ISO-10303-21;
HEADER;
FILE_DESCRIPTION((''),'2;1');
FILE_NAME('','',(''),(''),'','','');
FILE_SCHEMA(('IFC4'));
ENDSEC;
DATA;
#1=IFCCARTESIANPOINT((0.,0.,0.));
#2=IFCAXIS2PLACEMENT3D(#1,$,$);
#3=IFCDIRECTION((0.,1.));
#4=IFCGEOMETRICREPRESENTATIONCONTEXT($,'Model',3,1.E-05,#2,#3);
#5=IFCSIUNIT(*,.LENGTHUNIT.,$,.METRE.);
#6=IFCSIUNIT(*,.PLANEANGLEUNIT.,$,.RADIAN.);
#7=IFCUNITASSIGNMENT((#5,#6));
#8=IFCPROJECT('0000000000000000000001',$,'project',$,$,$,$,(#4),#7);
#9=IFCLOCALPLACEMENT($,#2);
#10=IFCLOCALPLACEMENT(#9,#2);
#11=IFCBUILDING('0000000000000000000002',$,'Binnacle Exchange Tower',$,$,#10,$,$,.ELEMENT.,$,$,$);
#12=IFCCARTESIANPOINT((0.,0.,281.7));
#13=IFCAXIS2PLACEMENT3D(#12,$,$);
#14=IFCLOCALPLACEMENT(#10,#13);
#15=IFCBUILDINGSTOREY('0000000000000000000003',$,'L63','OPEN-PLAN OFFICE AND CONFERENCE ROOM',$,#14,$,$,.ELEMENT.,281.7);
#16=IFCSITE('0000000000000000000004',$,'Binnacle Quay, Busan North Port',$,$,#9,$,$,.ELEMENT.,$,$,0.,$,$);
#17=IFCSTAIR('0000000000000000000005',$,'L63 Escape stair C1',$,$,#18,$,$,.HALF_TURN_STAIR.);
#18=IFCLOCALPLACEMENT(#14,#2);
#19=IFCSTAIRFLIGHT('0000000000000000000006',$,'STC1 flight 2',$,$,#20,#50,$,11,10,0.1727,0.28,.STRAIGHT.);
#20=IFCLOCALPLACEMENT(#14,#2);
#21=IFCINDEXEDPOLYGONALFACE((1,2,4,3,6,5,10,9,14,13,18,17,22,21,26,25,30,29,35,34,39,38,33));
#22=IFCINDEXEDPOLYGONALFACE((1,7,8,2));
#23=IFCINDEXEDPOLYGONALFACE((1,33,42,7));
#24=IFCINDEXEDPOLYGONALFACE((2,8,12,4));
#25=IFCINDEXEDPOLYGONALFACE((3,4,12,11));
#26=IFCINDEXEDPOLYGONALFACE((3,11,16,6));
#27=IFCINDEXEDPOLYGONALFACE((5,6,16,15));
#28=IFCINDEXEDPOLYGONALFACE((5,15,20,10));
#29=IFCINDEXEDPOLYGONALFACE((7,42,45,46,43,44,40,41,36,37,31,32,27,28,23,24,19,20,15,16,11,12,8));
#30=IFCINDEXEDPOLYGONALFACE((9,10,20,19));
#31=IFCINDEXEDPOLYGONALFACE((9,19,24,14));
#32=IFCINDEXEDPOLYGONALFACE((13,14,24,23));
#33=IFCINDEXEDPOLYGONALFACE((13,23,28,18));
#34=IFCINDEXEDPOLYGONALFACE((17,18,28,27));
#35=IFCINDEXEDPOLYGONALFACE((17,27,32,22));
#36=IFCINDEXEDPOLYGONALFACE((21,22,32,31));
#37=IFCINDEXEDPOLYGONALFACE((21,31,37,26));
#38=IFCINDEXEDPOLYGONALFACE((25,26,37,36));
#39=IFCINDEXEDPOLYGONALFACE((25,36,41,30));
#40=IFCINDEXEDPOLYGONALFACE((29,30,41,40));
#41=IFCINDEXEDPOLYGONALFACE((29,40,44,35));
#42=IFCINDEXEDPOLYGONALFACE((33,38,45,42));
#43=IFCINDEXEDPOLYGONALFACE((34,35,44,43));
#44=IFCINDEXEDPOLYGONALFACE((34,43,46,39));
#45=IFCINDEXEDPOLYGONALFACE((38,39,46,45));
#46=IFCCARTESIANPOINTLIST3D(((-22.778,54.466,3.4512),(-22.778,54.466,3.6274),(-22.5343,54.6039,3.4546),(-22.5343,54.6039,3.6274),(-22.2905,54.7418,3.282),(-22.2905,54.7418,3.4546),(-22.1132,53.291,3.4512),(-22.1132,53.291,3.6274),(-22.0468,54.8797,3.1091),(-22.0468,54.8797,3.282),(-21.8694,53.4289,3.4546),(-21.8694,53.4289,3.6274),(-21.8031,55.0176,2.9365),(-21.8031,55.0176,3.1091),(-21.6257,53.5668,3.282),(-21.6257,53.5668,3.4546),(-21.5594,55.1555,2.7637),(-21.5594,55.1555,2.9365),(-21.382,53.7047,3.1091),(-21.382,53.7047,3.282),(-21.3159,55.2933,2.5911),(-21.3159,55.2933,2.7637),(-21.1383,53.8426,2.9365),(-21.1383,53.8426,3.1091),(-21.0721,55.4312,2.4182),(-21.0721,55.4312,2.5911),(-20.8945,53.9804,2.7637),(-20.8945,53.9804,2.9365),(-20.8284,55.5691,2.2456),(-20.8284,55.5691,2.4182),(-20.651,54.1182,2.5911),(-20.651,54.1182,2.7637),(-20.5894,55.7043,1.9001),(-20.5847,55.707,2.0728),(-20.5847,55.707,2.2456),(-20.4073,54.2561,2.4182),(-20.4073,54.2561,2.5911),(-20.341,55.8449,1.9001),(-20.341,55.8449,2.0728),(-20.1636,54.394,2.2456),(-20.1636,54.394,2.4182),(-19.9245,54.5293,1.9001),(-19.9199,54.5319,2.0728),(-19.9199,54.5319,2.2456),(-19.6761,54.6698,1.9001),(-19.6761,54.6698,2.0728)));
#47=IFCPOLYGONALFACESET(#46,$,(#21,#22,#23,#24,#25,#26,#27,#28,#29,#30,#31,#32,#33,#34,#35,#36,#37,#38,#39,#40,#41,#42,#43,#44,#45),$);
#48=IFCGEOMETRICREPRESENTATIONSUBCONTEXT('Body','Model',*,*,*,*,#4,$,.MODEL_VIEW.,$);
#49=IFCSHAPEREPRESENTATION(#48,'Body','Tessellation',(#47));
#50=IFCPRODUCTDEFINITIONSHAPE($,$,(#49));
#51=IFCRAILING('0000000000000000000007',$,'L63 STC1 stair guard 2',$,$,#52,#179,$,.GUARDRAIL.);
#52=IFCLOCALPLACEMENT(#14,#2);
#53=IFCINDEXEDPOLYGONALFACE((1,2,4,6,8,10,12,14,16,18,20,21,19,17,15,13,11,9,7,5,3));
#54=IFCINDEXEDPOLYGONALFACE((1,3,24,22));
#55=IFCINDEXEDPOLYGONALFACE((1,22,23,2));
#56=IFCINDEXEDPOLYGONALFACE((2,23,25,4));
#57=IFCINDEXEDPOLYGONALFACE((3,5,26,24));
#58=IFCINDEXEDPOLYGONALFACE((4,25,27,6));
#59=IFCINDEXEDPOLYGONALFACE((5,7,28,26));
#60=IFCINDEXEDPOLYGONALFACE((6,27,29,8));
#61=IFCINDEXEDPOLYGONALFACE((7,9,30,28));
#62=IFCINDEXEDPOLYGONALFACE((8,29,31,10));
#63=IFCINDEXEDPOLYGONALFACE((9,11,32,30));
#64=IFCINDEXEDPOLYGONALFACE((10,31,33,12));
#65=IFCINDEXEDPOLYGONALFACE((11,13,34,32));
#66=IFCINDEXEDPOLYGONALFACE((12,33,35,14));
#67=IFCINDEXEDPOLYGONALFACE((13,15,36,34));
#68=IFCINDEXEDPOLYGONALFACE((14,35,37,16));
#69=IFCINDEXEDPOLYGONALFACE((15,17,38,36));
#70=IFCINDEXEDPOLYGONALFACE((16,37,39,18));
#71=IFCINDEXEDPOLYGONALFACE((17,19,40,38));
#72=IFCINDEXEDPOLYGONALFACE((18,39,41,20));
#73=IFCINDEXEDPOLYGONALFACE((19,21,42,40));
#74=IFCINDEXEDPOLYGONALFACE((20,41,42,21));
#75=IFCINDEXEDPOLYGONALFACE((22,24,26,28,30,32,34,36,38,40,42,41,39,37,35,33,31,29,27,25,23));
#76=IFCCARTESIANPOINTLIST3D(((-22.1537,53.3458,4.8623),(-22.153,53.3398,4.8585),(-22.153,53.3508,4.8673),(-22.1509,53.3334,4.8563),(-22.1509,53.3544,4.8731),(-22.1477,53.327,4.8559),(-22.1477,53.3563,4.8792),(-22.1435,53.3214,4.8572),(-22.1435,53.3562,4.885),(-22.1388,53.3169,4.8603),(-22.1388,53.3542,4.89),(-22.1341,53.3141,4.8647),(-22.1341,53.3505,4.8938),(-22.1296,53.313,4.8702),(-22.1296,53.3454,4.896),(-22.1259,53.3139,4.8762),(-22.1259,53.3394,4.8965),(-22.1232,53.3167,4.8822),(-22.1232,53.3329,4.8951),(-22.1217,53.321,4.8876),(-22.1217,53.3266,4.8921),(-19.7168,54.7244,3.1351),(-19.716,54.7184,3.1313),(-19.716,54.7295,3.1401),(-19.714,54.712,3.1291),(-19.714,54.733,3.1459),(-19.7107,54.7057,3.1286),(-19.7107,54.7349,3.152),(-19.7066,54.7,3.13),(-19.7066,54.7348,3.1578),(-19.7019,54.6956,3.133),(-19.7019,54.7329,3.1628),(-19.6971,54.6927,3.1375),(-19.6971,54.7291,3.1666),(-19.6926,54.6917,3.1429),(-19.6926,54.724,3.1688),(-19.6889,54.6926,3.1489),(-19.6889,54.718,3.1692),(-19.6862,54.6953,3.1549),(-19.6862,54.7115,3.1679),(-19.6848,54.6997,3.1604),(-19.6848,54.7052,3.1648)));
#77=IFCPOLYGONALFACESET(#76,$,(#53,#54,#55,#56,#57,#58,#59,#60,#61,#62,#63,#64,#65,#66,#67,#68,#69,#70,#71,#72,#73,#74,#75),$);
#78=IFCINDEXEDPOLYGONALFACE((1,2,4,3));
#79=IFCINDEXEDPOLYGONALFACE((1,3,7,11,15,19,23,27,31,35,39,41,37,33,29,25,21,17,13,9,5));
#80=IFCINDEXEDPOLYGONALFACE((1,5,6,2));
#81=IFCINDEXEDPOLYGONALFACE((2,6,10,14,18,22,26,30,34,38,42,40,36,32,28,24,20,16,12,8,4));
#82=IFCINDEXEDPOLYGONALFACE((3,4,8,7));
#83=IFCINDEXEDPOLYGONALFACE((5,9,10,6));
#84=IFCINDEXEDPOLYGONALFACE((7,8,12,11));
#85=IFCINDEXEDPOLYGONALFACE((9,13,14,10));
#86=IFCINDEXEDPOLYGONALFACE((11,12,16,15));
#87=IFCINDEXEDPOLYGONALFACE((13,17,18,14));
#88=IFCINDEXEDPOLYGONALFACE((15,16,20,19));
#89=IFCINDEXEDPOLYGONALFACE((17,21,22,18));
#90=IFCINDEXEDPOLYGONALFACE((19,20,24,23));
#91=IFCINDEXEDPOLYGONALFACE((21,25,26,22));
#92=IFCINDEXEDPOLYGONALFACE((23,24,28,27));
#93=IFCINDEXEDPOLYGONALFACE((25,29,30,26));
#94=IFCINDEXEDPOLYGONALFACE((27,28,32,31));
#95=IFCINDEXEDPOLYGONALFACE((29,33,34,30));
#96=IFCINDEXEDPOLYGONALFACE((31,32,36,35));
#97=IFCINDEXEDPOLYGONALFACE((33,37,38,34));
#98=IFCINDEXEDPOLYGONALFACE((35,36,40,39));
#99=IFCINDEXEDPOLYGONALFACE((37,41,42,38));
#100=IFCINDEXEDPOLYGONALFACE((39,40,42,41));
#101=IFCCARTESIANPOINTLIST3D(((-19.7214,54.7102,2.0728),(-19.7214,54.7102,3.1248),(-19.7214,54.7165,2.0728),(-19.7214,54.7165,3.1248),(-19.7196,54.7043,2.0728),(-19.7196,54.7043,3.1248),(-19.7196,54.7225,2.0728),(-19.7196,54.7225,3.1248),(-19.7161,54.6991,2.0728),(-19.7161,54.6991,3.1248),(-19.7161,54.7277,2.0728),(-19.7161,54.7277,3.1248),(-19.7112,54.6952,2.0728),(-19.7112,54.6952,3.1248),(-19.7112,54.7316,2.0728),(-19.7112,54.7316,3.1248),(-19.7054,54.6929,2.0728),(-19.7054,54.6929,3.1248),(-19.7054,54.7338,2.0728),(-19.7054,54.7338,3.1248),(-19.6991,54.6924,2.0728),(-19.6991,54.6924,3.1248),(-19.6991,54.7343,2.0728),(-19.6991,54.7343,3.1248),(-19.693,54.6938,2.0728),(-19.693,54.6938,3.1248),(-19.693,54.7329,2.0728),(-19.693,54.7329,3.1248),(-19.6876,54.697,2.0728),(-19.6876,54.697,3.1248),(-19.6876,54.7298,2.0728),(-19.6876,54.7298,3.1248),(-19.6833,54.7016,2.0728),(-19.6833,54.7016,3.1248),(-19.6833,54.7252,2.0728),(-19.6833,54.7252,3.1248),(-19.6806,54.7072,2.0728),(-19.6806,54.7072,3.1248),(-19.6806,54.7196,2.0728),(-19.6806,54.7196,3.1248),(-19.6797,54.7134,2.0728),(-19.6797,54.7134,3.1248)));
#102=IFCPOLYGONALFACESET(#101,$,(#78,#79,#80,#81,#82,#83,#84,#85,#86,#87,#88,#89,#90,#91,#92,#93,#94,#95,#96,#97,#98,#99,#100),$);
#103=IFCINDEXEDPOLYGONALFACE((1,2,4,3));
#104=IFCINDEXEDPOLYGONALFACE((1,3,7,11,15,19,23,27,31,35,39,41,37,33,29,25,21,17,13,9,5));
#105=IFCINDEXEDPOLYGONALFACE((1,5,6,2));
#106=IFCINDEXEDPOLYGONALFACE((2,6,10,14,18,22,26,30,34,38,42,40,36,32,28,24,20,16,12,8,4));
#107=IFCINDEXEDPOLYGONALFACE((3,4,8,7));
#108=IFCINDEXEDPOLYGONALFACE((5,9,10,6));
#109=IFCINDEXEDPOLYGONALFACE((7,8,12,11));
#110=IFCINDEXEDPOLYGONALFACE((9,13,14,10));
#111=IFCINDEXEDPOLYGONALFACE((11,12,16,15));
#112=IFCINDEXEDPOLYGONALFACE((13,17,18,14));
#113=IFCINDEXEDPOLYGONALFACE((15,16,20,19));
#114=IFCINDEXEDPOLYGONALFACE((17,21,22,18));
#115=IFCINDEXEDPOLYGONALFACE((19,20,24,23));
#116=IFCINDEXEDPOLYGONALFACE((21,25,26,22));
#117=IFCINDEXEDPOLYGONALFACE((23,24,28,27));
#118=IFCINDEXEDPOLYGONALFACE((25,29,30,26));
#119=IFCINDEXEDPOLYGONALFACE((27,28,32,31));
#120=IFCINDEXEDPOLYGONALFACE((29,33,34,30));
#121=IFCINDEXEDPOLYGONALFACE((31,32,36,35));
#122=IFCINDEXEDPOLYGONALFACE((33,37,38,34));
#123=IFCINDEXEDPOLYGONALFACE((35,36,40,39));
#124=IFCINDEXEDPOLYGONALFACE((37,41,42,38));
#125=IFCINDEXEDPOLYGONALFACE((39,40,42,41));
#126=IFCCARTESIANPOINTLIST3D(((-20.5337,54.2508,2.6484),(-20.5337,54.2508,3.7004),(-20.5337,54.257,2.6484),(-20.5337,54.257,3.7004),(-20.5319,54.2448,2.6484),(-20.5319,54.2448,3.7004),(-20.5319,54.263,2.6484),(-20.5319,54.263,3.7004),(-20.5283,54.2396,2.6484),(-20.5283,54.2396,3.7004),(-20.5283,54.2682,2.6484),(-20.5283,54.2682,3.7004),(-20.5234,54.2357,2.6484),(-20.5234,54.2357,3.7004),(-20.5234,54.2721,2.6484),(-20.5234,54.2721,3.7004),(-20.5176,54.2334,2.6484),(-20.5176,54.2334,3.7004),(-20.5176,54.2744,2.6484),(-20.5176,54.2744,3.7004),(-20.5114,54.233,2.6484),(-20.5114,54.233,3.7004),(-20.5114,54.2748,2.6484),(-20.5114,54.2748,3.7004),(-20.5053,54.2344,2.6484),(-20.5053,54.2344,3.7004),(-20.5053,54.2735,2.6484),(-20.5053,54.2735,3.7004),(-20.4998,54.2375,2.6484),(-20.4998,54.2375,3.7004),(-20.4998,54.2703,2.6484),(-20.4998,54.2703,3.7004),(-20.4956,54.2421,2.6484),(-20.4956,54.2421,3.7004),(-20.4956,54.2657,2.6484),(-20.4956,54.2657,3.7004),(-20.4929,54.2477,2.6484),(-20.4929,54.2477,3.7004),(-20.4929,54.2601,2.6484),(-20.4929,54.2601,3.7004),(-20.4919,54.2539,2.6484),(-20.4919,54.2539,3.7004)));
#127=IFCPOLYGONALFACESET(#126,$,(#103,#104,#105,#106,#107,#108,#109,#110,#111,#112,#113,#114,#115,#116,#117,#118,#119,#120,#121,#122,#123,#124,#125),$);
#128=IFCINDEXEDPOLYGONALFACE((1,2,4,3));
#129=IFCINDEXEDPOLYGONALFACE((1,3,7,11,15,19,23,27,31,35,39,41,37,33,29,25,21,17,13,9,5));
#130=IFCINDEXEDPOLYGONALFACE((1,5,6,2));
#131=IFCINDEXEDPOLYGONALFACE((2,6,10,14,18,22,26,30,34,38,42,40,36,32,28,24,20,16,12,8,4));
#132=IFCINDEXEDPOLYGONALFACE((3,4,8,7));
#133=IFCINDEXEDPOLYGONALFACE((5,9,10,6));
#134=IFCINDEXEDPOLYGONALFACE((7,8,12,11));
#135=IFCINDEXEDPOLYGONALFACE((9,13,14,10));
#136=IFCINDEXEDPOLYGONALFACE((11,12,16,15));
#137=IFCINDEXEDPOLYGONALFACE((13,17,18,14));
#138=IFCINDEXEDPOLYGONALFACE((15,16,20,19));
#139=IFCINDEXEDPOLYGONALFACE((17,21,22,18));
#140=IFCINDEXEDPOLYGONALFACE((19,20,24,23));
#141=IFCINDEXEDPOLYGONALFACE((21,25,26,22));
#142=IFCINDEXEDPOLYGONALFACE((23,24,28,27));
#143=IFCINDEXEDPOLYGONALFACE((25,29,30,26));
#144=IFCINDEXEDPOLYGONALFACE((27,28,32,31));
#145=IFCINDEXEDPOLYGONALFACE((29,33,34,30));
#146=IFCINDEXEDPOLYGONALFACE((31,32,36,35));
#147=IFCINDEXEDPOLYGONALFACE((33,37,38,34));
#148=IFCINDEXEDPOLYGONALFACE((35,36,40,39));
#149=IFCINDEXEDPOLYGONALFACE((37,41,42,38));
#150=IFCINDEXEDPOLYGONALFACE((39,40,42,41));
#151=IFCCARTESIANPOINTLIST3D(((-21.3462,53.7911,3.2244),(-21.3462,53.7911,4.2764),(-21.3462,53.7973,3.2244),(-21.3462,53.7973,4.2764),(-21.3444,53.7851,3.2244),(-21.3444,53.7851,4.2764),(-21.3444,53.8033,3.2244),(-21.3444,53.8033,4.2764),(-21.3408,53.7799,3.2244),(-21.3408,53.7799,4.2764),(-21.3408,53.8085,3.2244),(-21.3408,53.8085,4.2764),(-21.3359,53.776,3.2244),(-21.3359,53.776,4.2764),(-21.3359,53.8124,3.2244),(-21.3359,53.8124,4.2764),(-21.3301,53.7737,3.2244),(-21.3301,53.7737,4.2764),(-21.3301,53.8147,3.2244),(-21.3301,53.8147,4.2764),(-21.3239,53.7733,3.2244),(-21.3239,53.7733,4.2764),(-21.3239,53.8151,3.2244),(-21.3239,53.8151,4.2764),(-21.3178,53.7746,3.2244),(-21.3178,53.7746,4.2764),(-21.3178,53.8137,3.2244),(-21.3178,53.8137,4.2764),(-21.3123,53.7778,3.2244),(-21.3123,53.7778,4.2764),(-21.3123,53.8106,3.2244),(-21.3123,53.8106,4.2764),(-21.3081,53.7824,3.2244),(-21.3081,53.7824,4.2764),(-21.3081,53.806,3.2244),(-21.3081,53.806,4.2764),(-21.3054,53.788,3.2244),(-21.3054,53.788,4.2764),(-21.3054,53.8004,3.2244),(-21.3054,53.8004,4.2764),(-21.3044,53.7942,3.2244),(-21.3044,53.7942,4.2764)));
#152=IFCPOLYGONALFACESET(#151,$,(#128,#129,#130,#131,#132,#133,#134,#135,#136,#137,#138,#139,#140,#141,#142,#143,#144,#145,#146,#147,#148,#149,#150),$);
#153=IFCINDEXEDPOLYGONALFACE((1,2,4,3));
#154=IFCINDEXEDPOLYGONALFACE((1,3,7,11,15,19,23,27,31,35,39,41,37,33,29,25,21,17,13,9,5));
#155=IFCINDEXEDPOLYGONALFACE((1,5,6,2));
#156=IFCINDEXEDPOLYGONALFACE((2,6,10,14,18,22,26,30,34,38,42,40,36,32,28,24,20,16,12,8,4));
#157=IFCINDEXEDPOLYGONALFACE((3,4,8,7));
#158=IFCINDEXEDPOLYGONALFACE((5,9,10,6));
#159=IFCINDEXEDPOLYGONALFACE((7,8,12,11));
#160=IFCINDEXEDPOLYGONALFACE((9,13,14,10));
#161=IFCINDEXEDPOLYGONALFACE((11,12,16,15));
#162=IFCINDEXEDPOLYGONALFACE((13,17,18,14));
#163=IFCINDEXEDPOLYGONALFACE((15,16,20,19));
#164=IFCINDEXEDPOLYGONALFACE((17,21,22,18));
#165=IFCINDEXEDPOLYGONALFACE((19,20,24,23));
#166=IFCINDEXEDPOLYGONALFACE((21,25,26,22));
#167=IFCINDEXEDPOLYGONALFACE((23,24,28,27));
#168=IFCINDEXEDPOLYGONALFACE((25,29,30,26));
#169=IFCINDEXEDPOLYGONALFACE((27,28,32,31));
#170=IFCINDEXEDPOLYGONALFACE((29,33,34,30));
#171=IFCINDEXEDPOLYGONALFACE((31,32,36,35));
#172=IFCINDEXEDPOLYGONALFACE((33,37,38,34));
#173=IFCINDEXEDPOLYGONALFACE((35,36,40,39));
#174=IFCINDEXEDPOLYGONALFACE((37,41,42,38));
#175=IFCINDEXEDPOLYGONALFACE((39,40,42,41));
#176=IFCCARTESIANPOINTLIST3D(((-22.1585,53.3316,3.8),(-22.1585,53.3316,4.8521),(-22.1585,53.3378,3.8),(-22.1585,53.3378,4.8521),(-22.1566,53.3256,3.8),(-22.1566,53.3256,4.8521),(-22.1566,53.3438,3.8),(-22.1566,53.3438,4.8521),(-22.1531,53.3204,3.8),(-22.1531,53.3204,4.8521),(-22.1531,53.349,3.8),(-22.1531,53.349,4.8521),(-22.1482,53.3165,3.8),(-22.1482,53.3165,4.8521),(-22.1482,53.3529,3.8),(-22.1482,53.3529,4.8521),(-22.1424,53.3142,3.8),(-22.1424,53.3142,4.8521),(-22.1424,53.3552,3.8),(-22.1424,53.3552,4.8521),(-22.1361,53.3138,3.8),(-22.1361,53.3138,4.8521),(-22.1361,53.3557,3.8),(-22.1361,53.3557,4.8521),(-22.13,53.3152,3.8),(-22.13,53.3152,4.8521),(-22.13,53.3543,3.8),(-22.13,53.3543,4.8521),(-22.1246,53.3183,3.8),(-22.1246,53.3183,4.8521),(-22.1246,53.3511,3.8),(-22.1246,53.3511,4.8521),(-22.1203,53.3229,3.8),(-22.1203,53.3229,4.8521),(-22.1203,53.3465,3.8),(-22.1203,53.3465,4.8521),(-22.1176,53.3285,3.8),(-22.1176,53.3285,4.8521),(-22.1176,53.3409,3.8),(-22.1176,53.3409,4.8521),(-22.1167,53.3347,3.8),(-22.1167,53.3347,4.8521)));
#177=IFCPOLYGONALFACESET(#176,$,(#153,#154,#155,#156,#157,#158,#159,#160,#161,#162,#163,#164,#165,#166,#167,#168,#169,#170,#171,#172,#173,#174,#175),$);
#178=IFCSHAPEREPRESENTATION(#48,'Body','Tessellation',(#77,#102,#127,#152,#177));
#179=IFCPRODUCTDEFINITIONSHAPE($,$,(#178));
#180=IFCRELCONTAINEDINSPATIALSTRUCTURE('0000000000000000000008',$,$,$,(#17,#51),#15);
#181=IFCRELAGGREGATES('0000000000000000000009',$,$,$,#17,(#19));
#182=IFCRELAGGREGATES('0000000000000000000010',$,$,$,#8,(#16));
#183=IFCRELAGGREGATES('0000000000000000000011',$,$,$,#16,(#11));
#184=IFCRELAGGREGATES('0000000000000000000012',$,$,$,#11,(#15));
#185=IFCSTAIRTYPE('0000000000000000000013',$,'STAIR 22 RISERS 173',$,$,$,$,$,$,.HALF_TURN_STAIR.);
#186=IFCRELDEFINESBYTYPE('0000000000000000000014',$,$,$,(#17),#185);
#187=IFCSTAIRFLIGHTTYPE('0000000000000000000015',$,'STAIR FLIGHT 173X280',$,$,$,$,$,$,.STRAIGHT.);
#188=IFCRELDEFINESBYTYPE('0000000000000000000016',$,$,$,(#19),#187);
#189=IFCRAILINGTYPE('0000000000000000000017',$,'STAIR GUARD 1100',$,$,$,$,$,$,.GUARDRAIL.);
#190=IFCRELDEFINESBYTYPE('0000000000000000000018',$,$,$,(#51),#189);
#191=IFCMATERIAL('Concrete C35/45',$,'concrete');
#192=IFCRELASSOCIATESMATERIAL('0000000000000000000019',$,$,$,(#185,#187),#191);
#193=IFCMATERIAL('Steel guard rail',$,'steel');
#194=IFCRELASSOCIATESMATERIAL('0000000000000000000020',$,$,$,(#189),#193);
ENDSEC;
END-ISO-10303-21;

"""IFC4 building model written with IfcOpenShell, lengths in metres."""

from ifc_helpers import new_model, si_unit, direction, frame, origin, origin_2d, place, context, subcontext, project, spatial, polyline, circle, outline, extrude, material, type_object, element, aggregate, save


model = new_model("IFC4")

# Units and contexts
model_context = context("Model", 3, precision=1e-05, world=origin(), true_north=direction((0.0, 1.0)))
body_context = subcontext(model_context, "Body", "Model", "MODEL_VIEW")
ifc_project = project(units=[si_unit("LENGTHUNIT", "METRE"), si_unit("PLANEANGLEUNIT", "RADIAN")], contexts=[model_context])

# Site, building, storey
site_placement = place(None, origin())
site = spatial("IfcSite", under=ifc_project, at=site_placement, Name="Binnacle Quay, Busan North Port", CompositionType="ELEMENT", RefElevation=0.0)
building_placement = place(site_placement, origin())
building = spatial("IfcBuilding", under=site, at=building_placement, Name="Binnacle Exchange Tower", CompositionType="ELEMENT")
storey_placement = place(building_placement, frame((0.0, 0.0, 281.7)))
storey = spatial("IfcBuildingStorey", under=building, at=storey_placement, Name="L63", Description="OPEN-PLAN OFFICE AND CONFERENCE ROOM", CompositionType="ELEMENT", Elevation=281.7)

# Stair, stair flight
ifc_material_1 = material(Name="Concrete C35/45", Category="concrete")
stair_type = type_object("IfcStairType", Name="STAIR 22 RISERS 173", PredefinedType="HALF_TURN_STAIR", material=ifc_material_1)
stair_placement = place(storey_placement, origin())
stair = element("IfcStair", 1, at=stair_placement, inside=storey, type_object=stair_type, Name="L63 Escape stair C1", PredefinedType="HALF_TURN_STAIR")
stair_flight_type = type_object("IfcStairFlightType", Name="STAIR FLIGHT 173X280", PredefinedType="STRAIGHT", material=ifc_material_1)
stair_flight_placement = place(storey_placement, frame((-20.0085, 55.2573, 1.9001), z_axis=(0.0, 0.0, 1.0), x_axis=(-0.870356, -0.492424, 0.0)))
stair_flight = element("IfcStairFlight", 2, at=stair_flight_placement, type_object=stair_flight_type, Name="STC1 flight 2", NumberOfRisers=11, NumberOfTreads=10, PredefinedType="STRAIGHT", RiserHeight=0.1727, TreadLength=0.28, context=body_context, shape_type="SweptSolid", body=[
    extrude(outline(polyline([(0.0, 0.0), (0.0, 0.1726), (0.28, 0.1726), (0.28, 0.3455), (0.5601, 0.3455), (0.5601, 0.5181), (0.8401, 0.5181), (0.8401, 0.6909), (1.1201, 0.6909), (1.1201, 0.8635), (1.3999, 0.8635), (1.3999, 1.0364), (1.6799, 1.0364), (1.6799, 1.209), (1.96, 1.209), (1.96, 1.3818), (2.24, 1.3818), (2.24, 1.5544), (2.52, 1.5544), (2.52, 1.7273), (2.8, 1.7273), (2.8, 1.8999), (2.8, 1.551), (0.2854, 0.0), (0.0, 0.0)])), frame((0.0, 0.675, 0.0), z_axis=(0.0, -1.0, 0.0), x_axis=(1.0, 0.0, 0.0)), (0.0, 0.0, 1.0), 1.3501),
])
aggregate(stair, [stair_flight])

# Railing
ifc_material_2 = material(Name="Steel guard rail", Category="steel")
railing_type = type_object("IfcRailingType", Name="STAIR GUARD 1100", PredefinedType="GUARDRAIL", material=ifc_material_2)
railing_placement = place(storey_placement, frame((-19.7007, 54.7134, 2.0728)))
element("IfcRailing", 3, at=railing_placement, inside=storey, type_object=railing_type, Name="L63 STC1 stair guard 2", PredefinedType="GUARDRAIL", context=body_context, shape_type="SweptSolid", body=[
    extrude(circle(Radius=0.0239, at=origin_2d()), frame((0.0, 0.0, 1.0762), z_axis=(-0.740761, -0.419062, 0.525033), x_axis=(0.492388, -0.870376, 0.0)), (0.0, 0.0, 1.0), 3.2898),
    extrude(circle(Radius=0.021, at=origin_2d()), origin(), (0.0, 0.0, 1.0), 1.052),
    extrude(circle(Radius=0.021, at=origin_2d()), frame((-0.8123, -0.4595, 0.5757)), (0.0, 0.0, 1.0), 1.052),
    extrude(circle(Radius=0.021, at=origin_2d()), frame((-1.6248, -0.9192, 1.1516)), (0.0, 0.0, 1.0), 1.052),
    extrude(circle(Radius=0.021, at=origin_2d()), frame((-2.437, -1.3787, 1.7273)), (0.0, 0.0, 1.0), 1.052),
])

save(model, "model.ifc")
